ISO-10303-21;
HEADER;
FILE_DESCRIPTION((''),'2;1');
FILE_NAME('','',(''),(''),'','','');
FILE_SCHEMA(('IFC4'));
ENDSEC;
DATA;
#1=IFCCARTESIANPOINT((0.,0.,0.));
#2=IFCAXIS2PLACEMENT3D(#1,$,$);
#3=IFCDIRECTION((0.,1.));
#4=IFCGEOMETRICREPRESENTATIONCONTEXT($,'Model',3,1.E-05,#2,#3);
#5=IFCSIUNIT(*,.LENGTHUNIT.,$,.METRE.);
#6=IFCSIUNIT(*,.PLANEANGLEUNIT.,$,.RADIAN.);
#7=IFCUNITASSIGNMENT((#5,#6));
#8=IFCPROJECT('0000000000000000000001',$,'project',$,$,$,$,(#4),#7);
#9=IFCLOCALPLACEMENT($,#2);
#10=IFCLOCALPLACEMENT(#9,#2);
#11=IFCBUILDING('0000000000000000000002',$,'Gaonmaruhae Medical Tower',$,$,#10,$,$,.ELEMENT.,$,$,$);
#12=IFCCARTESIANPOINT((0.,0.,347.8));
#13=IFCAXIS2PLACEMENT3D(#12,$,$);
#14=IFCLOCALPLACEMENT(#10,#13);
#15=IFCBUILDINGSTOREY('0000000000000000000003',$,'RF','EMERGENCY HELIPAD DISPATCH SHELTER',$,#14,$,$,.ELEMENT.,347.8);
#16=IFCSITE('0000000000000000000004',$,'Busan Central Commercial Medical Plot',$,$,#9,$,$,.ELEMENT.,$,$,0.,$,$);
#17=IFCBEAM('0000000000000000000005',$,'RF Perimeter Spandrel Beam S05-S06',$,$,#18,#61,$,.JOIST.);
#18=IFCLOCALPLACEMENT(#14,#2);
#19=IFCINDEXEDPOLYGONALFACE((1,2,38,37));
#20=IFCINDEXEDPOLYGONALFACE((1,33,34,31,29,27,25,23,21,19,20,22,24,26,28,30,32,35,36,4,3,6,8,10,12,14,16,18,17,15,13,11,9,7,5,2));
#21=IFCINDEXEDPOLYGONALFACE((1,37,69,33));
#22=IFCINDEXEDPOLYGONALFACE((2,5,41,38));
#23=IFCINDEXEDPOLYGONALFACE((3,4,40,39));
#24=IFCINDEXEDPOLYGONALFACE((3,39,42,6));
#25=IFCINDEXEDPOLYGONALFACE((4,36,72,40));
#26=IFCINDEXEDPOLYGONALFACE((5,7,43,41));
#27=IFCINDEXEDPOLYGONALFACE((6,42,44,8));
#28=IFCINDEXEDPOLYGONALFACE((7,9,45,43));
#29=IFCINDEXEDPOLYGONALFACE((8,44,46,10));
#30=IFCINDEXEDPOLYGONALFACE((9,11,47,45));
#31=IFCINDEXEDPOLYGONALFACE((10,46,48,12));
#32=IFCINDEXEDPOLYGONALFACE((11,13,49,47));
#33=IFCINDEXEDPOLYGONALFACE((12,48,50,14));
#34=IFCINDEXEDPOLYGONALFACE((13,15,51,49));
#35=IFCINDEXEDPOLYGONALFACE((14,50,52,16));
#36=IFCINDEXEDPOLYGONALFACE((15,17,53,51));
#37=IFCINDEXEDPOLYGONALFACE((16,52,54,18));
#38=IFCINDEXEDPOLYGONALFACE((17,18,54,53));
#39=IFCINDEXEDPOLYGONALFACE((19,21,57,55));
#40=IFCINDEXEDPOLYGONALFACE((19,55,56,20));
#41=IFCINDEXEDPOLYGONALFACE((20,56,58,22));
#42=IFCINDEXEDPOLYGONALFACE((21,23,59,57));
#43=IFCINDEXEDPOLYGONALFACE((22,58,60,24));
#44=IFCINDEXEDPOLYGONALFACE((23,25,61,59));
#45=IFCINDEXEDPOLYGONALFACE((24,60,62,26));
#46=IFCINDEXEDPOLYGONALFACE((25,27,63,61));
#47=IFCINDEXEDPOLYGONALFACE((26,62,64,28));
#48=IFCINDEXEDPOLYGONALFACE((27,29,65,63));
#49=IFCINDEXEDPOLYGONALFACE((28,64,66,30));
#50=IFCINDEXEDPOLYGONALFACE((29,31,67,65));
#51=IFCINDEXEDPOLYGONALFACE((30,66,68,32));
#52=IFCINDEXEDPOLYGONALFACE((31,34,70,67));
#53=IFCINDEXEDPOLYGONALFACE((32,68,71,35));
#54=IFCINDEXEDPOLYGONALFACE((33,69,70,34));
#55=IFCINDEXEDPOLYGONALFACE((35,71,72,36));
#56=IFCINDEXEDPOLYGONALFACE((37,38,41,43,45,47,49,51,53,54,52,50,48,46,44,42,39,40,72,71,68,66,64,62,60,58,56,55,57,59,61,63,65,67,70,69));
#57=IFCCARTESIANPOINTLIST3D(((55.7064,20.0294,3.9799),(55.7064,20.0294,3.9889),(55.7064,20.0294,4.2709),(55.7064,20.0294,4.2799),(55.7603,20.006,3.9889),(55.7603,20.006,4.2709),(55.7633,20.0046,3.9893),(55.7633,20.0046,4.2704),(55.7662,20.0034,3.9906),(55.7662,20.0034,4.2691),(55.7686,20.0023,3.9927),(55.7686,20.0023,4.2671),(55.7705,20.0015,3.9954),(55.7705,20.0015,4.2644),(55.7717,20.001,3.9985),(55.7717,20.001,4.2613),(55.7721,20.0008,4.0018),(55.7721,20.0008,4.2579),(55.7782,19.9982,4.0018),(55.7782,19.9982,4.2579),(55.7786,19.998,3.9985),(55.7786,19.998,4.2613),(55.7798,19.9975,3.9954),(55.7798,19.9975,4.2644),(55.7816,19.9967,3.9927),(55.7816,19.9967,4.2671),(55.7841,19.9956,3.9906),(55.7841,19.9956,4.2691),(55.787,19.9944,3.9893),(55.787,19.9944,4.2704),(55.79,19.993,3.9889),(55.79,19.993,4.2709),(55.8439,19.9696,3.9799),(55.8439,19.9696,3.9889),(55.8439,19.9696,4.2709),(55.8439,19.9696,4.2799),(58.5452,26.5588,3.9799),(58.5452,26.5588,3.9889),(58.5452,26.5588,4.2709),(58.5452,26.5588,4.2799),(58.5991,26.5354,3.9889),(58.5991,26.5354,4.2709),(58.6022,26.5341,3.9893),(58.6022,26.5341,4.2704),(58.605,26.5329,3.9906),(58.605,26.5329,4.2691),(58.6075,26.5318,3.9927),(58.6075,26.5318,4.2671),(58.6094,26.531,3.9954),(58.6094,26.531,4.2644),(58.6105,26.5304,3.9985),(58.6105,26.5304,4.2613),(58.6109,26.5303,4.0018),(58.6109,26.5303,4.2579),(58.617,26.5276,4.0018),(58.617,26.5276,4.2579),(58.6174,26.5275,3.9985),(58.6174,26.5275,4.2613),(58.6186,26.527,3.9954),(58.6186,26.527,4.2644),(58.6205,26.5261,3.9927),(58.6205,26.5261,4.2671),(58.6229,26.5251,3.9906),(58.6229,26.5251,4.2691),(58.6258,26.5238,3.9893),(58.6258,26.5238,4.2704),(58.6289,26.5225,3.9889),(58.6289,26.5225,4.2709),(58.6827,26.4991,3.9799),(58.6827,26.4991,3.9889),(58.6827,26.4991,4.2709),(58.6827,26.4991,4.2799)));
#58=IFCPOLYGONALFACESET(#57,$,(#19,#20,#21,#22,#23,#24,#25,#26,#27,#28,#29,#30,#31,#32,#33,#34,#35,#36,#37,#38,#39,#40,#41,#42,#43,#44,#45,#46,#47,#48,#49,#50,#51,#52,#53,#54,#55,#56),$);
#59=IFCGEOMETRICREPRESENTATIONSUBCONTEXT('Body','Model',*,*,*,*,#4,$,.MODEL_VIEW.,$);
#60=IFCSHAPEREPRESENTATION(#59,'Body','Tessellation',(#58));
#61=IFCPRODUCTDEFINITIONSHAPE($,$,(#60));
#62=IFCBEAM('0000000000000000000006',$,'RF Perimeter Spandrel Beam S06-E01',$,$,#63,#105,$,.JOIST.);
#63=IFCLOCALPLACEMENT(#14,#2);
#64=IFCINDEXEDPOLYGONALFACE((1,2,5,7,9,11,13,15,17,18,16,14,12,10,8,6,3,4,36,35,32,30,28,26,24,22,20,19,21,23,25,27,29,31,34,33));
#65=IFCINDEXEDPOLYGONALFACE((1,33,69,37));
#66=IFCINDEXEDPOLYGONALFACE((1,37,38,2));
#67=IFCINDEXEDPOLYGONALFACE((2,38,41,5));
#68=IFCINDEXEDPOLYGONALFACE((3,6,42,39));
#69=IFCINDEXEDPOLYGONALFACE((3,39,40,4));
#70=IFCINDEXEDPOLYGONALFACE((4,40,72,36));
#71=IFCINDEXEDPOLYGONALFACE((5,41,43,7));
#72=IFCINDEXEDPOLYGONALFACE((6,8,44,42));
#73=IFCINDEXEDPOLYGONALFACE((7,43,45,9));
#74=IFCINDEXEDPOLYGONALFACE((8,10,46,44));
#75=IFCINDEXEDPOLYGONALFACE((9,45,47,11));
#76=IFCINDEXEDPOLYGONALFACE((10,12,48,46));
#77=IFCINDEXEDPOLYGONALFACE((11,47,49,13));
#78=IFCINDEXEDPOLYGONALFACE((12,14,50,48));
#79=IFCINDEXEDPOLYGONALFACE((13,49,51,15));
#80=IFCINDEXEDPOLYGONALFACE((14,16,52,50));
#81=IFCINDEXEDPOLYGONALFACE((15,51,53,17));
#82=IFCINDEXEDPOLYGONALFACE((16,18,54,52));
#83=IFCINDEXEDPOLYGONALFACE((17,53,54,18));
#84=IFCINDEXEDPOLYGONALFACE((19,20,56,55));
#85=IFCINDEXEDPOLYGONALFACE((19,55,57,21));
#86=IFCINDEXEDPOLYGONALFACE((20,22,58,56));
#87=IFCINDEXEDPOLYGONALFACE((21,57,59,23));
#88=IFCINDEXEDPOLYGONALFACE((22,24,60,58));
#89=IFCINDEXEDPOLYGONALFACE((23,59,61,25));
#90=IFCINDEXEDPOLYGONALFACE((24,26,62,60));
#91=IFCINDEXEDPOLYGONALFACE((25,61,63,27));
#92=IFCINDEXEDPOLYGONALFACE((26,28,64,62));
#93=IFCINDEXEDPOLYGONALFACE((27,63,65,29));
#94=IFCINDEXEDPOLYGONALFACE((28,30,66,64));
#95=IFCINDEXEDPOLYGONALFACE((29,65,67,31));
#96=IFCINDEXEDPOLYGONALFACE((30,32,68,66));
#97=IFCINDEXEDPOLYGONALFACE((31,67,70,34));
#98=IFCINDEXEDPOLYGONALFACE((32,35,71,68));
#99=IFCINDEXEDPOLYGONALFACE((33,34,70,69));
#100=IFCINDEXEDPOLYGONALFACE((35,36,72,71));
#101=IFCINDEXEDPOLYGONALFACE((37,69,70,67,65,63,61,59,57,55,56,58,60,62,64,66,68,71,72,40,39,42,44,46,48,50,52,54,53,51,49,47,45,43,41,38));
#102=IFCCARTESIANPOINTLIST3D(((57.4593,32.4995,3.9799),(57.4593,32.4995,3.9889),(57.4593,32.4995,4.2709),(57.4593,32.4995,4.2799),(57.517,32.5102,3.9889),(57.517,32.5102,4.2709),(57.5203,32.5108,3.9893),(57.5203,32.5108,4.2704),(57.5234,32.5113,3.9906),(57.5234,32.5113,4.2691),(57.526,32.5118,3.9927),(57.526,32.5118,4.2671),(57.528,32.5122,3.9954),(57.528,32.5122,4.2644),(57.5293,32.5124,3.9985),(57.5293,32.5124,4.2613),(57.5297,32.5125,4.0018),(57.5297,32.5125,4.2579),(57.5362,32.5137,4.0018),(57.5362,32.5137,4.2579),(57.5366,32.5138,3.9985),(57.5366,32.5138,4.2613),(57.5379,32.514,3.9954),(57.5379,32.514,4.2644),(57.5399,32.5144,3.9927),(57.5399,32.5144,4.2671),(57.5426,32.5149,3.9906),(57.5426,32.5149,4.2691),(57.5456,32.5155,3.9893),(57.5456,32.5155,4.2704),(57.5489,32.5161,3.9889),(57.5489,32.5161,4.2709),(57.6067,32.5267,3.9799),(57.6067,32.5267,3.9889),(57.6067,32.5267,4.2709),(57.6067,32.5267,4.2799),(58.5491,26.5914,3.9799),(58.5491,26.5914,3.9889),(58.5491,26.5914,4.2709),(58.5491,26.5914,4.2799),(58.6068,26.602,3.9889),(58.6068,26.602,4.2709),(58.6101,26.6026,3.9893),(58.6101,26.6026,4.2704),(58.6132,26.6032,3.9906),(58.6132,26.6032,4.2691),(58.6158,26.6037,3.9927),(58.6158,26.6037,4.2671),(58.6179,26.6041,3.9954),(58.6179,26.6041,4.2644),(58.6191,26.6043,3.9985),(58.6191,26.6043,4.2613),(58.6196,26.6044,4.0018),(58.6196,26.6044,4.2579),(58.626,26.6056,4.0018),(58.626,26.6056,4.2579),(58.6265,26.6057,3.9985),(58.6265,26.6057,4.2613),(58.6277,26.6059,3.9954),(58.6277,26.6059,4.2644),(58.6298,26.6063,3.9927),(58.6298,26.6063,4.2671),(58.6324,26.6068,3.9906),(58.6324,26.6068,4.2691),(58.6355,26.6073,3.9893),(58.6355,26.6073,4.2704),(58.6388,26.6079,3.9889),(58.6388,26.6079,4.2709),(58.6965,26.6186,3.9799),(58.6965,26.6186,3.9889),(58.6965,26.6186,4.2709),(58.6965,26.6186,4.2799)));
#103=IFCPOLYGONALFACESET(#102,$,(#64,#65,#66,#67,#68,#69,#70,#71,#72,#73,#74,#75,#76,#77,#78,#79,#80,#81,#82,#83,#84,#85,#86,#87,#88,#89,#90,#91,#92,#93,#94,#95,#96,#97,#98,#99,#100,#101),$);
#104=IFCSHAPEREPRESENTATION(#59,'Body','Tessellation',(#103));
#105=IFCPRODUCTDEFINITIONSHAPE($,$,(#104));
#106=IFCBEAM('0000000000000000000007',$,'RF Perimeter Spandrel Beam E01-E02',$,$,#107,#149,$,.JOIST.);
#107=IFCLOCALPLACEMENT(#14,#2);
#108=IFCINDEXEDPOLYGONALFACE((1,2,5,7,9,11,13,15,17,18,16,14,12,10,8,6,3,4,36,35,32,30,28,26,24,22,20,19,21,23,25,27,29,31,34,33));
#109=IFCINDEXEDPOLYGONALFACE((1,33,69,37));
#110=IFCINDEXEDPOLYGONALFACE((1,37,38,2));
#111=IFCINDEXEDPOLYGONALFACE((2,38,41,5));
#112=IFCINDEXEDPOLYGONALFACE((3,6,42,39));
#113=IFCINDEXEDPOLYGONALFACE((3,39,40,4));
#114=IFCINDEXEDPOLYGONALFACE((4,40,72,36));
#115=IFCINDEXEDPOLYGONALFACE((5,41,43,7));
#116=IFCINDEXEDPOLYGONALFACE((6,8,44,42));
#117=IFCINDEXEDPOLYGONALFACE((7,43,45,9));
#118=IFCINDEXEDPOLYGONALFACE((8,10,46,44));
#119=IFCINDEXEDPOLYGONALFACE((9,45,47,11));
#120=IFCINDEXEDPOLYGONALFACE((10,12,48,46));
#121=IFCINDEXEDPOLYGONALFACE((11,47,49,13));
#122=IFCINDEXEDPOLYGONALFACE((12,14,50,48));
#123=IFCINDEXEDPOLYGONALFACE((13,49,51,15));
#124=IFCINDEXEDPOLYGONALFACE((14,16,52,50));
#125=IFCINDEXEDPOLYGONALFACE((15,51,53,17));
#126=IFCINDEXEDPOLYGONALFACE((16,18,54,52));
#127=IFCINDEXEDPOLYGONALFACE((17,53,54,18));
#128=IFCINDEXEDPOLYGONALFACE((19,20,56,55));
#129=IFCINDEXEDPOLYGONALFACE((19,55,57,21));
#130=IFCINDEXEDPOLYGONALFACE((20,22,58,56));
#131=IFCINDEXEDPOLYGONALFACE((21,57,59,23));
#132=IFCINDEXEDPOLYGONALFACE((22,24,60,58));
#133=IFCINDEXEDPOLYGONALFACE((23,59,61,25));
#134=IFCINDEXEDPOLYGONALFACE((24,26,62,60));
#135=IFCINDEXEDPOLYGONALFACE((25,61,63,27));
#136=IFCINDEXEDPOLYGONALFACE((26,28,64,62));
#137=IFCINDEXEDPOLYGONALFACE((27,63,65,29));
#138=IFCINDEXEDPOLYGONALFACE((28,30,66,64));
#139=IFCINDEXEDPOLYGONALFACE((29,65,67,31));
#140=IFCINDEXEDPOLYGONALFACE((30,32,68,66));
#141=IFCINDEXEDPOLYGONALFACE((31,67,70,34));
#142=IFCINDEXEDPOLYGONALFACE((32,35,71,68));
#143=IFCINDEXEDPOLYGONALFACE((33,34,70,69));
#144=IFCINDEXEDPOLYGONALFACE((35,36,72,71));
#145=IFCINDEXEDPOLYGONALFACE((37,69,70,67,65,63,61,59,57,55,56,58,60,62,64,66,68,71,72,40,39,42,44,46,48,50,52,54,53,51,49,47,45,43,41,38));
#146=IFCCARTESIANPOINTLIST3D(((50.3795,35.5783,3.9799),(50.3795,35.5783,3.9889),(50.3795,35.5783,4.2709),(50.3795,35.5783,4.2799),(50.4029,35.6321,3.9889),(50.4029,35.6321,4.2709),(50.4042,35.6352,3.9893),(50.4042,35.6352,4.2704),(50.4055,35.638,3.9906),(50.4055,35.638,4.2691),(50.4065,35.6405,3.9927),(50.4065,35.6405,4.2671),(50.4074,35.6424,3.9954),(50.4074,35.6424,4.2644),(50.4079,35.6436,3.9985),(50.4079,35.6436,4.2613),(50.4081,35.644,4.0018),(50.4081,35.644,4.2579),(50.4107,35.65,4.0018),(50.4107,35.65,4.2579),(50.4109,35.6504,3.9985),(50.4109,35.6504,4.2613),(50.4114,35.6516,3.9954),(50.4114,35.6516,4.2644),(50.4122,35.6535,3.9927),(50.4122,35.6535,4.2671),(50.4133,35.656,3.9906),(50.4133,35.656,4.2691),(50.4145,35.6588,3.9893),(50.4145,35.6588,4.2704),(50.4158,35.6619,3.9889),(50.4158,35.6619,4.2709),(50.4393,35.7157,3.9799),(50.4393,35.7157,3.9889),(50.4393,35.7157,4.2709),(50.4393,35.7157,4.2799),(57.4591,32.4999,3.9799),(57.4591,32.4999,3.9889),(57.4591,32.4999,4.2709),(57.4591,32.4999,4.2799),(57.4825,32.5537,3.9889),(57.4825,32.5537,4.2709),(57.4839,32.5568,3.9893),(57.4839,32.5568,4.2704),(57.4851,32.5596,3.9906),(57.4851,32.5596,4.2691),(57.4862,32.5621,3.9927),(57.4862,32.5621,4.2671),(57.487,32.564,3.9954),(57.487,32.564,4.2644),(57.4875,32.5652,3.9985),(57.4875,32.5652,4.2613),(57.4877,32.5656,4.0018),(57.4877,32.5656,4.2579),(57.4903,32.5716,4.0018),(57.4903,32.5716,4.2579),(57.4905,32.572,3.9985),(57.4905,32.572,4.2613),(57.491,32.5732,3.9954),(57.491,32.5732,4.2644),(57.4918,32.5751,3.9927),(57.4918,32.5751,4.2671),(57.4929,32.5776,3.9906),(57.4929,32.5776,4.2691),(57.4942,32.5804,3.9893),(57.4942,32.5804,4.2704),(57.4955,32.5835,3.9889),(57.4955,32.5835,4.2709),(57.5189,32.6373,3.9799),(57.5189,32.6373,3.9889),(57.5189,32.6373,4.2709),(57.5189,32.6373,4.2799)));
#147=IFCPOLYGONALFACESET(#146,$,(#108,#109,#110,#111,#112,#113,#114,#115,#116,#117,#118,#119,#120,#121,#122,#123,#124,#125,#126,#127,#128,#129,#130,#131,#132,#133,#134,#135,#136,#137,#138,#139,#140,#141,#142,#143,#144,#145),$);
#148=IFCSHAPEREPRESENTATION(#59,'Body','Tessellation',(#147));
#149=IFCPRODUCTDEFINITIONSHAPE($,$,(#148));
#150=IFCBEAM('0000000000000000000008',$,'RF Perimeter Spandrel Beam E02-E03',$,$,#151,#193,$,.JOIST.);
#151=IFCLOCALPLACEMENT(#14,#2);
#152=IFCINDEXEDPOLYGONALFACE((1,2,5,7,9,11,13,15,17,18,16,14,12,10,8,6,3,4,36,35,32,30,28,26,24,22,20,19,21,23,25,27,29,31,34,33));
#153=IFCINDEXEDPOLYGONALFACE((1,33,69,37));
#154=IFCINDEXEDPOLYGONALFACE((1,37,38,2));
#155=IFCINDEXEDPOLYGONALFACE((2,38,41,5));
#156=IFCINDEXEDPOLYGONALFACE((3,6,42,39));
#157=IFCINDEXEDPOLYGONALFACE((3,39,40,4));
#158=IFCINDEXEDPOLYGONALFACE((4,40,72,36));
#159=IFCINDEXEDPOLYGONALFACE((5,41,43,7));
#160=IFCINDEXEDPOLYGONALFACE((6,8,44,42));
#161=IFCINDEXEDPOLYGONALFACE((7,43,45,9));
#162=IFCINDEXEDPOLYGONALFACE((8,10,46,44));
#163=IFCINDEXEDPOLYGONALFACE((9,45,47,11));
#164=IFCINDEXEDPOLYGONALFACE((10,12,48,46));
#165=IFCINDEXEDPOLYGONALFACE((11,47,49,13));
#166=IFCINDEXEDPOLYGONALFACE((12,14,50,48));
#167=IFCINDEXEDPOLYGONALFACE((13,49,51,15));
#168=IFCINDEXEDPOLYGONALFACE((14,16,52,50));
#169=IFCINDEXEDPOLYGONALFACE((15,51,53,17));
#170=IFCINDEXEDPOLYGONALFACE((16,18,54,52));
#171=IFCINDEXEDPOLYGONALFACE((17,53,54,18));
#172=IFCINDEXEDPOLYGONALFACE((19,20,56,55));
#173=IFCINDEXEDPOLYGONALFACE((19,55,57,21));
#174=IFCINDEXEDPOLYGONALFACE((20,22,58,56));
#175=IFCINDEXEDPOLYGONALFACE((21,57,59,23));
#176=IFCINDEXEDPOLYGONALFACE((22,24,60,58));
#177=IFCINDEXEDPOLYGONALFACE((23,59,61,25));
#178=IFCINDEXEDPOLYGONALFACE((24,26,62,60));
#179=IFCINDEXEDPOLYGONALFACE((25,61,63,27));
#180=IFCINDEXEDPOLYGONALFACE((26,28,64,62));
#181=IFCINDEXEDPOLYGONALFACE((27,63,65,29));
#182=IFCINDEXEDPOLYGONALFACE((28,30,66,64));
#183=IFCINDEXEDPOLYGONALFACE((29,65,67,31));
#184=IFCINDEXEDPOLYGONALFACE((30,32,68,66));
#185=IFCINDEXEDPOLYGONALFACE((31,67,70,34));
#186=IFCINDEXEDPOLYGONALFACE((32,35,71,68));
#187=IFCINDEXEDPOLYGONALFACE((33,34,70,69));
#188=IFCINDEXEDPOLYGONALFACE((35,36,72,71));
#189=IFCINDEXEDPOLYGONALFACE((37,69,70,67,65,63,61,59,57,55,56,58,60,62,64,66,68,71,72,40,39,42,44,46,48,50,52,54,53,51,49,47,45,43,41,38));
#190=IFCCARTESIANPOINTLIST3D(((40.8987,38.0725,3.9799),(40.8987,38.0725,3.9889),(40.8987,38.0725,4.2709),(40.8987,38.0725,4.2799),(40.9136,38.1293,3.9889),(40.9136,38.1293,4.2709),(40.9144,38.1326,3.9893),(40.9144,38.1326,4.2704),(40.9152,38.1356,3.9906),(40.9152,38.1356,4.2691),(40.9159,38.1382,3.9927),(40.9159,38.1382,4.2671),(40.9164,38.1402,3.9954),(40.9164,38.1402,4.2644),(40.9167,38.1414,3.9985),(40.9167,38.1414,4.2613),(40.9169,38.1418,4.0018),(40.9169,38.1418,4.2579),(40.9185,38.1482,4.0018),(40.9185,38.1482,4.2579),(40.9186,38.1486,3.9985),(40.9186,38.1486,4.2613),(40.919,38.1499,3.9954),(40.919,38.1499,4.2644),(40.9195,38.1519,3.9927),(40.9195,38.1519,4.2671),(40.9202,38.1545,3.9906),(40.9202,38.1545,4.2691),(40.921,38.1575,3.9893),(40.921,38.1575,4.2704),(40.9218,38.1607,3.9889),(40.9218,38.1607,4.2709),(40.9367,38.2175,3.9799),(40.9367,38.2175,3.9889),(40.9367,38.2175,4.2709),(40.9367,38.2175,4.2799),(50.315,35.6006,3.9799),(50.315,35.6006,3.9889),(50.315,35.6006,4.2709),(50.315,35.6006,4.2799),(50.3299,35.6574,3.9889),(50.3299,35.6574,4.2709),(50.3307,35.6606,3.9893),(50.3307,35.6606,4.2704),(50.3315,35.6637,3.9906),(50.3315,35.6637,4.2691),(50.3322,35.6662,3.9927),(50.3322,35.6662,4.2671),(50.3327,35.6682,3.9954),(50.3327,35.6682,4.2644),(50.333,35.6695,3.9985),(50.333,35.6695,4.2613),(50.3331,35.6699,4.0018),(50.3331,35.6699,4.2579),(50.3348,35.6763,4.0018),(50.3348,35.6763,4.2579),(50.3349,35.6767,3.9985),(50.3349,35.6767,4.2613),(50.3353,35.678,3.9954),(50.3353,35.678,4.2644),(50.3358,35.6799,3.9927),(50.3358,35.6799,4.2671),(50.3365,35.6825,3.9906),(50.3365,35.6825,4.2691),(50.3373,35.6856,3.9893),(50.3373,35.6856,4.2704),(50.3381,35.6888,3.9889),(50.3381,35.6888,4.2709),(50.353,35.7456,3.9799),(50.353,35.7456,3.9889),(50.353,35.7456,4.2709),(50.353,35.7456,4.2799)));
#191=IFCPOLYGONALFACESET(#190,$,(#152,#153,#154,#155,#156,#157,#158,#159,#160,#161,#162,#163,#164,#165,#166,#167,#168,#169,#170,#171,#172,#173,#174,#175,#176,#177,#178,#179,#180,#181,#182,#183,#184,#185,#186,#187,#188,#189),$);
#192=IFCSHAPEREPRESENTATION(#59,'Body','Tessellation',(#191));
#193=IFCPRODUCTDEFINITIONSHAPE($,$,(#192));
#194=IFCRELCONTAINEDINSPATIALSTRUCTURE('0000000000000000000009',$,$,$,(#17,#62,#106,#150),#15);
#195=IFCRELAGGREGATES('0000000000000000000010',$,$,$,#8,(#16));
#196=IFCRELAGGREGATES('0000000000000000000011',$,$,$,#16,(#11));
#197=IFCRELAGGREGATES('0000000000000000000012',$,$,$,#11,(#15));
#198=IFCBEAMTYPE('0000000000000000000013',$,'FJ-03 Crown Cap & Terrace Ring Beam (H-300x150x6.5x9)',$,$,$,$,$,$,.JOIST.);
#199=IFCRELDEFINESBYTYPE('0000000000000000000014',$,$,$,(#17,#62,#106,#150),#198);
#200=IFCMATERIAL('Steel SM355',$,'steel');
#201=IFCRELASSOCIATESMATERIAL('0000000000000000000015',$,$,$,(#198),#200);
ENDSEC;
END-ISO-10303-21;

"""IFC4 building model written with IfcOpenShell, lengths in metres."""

from ifc_helpers import new_model, si_unit, direction, frame, origin, origin_2d, place, context, subcontext, project, spatial, i_section, extrude, material, material_profile, profile_set, type_object, element, save


model = new_model("IFC4")

# Units and contexts
model_context = context("Model", 3, precision=1e-05, world=origin(), true_north=direction((0.0, 1.0)))
body_context = subcontext(model_context, "Body", "Model", "MODEL_VIEW")
ifc_project = project(units=[si_unit("LENGTHUNIT", "METRE"), si_unit("PLANEANGLEUNIT", "RADIAN")], contexts=[model_context])

# Site, building, storey
site_placement = place(None, origin())
site = spatial("IfcSite", under=ifc_project, at=site_placement, Name="Busan Central Commercial Medical Plot", CompositionType="ELEMENT", RefElevation=0.0)
building_placement = place(site_placement, origin())
building = spatial("IfcBuilding", under=site, at=building_placement, Name="Gaonmaruhae Medical Tower", CompositionType="ELEMENT")
storey_placement = place(building_placement, frame((0.0, 0.0, 347.8)))
storey = spatial("IfcBuildingStorey", under=building, at=storey_placement, Name="RF", Description="EMERGENCY HELIPAD DISPATCH SHELTER", CompositionType="ELEMENT", Elevation=347.8)

# Beams
ifc_material_1 = material(Name="Steel SM355", Category="steel")
ifc_material_profile_1 = material_profile(ifc_material_1, i_section(OverallWidth=0.1499, OverallDepth=0.3, WebThickness=0.0066, FlangeThickness=0.009, FilletRadius=0.0129, at=origin_2d()), Name="H-300x150x6.5x9")
ifc_profile_set_1 = profile_set([ifc_material_profile_1], Name="Steel SM355")
beam_type = type_object("IfcBeamType", Name="FJ-03 Crown Cap & Terrace Ring Beam (H-300x150x6.5x9)", PredefinedType="JOIST", material=ifc_profile_set_1)
beam_1_placement = place(storey_placement, frame((55.7751, 19.9995, 4.1299), z_axis=(0.398719, 0.917073, 0.0), x_axis=(-0.917073, 0.398719, 0.0)))
element("IfcBeam", 1, at=beam_1_placement, inside=storey, type_object=beam_type, Name="RF Perimeter Spandrel Beam S05-S06", PredefinedType="JOIST", context=body_context, shape_type="SweptSolid", body=[
    extrude(i_section(OverallWidth=0.1499, OverallDepth=0.3, WebThickness=0.0066, FlangeThickness=0.009, FilletRadius=0.0129, at=origin_2d()), origin(), (0.0, 0.0, 1.0), 7.1199),
])
beam_2_placement = place(storey_placement, frame((58.6228, 26.605, 4.1299), z_axis=(-0.181402, 0.983409, 0.0), x_axis=(-0.983409, -0.181402, 0.0)))
element("IfcBeam", 2, at=beam_2_placement, inside=storey, type_object=beam_type, Name="RF Perimeter Spandrel Beam S06-E01", PredefinedType="JOIST", context=body_context, shape_type="SweptSolid", body=[
    extrude(i_section(OverallWidth=0.1499, OverallDepth=0.3, WebThickness=0.0066, FlangeThickness=0.009, FilletRadius=0.0129, at=origin_2d()), origin(), (0.0, 0.0, 1.0), 6.0078),
])
beam_3_placement = place(storey_placement, frame((57.489, 32.5686, 4.1299), z_axis=(-0.917056, 0.398757, 0.0), x_axis=(-0.398757, -0.917056, 0.0)))
element("IfcBeam", 3, at=beam_3_placement, inside=storey, type_object=beam_type, Name="RF Perimeter Spandrel Beam E01-E02", PredefinedType="JOIST", context=body_context, shape_type="SweptSolid", body=[
    extrude(i_section(OverallWidth=0.1499, OverallDepth=0.3, WebThickness=0.0066, FlangeThickness=0.009, FilletRadius=0.0129, at=origin_2d()), origin(), (0.0, 0.0, 1.0), 7.72),
])
beam_4_placement = place(storey_placement, frame((50.334, 35.6731, 4.1299), z_axis=(-0.967227, 0.253913, 0.0), x_axis=(-0.253913, -0.967227, 0.0)))
element("IfcBeam", 4, at=beam_4_placement, inside=storey, type_object=beam_type, Name="RF Perimeter Spandrel Beam E02-E03", PredefinedType="JOIST", context=body_context, shape_type="SweptSolid", body=[
    extrude(i_section(OverallWidth=0.1499, OverallDepth=0.3, WebThickness=0.0066, FlangeThickness=0.009, FilletRadius=0.0129, at=origin_2d()), origin(), (0.0, 0.0, 1.0), 9.7354),
])

save(model, "model.ifc")
